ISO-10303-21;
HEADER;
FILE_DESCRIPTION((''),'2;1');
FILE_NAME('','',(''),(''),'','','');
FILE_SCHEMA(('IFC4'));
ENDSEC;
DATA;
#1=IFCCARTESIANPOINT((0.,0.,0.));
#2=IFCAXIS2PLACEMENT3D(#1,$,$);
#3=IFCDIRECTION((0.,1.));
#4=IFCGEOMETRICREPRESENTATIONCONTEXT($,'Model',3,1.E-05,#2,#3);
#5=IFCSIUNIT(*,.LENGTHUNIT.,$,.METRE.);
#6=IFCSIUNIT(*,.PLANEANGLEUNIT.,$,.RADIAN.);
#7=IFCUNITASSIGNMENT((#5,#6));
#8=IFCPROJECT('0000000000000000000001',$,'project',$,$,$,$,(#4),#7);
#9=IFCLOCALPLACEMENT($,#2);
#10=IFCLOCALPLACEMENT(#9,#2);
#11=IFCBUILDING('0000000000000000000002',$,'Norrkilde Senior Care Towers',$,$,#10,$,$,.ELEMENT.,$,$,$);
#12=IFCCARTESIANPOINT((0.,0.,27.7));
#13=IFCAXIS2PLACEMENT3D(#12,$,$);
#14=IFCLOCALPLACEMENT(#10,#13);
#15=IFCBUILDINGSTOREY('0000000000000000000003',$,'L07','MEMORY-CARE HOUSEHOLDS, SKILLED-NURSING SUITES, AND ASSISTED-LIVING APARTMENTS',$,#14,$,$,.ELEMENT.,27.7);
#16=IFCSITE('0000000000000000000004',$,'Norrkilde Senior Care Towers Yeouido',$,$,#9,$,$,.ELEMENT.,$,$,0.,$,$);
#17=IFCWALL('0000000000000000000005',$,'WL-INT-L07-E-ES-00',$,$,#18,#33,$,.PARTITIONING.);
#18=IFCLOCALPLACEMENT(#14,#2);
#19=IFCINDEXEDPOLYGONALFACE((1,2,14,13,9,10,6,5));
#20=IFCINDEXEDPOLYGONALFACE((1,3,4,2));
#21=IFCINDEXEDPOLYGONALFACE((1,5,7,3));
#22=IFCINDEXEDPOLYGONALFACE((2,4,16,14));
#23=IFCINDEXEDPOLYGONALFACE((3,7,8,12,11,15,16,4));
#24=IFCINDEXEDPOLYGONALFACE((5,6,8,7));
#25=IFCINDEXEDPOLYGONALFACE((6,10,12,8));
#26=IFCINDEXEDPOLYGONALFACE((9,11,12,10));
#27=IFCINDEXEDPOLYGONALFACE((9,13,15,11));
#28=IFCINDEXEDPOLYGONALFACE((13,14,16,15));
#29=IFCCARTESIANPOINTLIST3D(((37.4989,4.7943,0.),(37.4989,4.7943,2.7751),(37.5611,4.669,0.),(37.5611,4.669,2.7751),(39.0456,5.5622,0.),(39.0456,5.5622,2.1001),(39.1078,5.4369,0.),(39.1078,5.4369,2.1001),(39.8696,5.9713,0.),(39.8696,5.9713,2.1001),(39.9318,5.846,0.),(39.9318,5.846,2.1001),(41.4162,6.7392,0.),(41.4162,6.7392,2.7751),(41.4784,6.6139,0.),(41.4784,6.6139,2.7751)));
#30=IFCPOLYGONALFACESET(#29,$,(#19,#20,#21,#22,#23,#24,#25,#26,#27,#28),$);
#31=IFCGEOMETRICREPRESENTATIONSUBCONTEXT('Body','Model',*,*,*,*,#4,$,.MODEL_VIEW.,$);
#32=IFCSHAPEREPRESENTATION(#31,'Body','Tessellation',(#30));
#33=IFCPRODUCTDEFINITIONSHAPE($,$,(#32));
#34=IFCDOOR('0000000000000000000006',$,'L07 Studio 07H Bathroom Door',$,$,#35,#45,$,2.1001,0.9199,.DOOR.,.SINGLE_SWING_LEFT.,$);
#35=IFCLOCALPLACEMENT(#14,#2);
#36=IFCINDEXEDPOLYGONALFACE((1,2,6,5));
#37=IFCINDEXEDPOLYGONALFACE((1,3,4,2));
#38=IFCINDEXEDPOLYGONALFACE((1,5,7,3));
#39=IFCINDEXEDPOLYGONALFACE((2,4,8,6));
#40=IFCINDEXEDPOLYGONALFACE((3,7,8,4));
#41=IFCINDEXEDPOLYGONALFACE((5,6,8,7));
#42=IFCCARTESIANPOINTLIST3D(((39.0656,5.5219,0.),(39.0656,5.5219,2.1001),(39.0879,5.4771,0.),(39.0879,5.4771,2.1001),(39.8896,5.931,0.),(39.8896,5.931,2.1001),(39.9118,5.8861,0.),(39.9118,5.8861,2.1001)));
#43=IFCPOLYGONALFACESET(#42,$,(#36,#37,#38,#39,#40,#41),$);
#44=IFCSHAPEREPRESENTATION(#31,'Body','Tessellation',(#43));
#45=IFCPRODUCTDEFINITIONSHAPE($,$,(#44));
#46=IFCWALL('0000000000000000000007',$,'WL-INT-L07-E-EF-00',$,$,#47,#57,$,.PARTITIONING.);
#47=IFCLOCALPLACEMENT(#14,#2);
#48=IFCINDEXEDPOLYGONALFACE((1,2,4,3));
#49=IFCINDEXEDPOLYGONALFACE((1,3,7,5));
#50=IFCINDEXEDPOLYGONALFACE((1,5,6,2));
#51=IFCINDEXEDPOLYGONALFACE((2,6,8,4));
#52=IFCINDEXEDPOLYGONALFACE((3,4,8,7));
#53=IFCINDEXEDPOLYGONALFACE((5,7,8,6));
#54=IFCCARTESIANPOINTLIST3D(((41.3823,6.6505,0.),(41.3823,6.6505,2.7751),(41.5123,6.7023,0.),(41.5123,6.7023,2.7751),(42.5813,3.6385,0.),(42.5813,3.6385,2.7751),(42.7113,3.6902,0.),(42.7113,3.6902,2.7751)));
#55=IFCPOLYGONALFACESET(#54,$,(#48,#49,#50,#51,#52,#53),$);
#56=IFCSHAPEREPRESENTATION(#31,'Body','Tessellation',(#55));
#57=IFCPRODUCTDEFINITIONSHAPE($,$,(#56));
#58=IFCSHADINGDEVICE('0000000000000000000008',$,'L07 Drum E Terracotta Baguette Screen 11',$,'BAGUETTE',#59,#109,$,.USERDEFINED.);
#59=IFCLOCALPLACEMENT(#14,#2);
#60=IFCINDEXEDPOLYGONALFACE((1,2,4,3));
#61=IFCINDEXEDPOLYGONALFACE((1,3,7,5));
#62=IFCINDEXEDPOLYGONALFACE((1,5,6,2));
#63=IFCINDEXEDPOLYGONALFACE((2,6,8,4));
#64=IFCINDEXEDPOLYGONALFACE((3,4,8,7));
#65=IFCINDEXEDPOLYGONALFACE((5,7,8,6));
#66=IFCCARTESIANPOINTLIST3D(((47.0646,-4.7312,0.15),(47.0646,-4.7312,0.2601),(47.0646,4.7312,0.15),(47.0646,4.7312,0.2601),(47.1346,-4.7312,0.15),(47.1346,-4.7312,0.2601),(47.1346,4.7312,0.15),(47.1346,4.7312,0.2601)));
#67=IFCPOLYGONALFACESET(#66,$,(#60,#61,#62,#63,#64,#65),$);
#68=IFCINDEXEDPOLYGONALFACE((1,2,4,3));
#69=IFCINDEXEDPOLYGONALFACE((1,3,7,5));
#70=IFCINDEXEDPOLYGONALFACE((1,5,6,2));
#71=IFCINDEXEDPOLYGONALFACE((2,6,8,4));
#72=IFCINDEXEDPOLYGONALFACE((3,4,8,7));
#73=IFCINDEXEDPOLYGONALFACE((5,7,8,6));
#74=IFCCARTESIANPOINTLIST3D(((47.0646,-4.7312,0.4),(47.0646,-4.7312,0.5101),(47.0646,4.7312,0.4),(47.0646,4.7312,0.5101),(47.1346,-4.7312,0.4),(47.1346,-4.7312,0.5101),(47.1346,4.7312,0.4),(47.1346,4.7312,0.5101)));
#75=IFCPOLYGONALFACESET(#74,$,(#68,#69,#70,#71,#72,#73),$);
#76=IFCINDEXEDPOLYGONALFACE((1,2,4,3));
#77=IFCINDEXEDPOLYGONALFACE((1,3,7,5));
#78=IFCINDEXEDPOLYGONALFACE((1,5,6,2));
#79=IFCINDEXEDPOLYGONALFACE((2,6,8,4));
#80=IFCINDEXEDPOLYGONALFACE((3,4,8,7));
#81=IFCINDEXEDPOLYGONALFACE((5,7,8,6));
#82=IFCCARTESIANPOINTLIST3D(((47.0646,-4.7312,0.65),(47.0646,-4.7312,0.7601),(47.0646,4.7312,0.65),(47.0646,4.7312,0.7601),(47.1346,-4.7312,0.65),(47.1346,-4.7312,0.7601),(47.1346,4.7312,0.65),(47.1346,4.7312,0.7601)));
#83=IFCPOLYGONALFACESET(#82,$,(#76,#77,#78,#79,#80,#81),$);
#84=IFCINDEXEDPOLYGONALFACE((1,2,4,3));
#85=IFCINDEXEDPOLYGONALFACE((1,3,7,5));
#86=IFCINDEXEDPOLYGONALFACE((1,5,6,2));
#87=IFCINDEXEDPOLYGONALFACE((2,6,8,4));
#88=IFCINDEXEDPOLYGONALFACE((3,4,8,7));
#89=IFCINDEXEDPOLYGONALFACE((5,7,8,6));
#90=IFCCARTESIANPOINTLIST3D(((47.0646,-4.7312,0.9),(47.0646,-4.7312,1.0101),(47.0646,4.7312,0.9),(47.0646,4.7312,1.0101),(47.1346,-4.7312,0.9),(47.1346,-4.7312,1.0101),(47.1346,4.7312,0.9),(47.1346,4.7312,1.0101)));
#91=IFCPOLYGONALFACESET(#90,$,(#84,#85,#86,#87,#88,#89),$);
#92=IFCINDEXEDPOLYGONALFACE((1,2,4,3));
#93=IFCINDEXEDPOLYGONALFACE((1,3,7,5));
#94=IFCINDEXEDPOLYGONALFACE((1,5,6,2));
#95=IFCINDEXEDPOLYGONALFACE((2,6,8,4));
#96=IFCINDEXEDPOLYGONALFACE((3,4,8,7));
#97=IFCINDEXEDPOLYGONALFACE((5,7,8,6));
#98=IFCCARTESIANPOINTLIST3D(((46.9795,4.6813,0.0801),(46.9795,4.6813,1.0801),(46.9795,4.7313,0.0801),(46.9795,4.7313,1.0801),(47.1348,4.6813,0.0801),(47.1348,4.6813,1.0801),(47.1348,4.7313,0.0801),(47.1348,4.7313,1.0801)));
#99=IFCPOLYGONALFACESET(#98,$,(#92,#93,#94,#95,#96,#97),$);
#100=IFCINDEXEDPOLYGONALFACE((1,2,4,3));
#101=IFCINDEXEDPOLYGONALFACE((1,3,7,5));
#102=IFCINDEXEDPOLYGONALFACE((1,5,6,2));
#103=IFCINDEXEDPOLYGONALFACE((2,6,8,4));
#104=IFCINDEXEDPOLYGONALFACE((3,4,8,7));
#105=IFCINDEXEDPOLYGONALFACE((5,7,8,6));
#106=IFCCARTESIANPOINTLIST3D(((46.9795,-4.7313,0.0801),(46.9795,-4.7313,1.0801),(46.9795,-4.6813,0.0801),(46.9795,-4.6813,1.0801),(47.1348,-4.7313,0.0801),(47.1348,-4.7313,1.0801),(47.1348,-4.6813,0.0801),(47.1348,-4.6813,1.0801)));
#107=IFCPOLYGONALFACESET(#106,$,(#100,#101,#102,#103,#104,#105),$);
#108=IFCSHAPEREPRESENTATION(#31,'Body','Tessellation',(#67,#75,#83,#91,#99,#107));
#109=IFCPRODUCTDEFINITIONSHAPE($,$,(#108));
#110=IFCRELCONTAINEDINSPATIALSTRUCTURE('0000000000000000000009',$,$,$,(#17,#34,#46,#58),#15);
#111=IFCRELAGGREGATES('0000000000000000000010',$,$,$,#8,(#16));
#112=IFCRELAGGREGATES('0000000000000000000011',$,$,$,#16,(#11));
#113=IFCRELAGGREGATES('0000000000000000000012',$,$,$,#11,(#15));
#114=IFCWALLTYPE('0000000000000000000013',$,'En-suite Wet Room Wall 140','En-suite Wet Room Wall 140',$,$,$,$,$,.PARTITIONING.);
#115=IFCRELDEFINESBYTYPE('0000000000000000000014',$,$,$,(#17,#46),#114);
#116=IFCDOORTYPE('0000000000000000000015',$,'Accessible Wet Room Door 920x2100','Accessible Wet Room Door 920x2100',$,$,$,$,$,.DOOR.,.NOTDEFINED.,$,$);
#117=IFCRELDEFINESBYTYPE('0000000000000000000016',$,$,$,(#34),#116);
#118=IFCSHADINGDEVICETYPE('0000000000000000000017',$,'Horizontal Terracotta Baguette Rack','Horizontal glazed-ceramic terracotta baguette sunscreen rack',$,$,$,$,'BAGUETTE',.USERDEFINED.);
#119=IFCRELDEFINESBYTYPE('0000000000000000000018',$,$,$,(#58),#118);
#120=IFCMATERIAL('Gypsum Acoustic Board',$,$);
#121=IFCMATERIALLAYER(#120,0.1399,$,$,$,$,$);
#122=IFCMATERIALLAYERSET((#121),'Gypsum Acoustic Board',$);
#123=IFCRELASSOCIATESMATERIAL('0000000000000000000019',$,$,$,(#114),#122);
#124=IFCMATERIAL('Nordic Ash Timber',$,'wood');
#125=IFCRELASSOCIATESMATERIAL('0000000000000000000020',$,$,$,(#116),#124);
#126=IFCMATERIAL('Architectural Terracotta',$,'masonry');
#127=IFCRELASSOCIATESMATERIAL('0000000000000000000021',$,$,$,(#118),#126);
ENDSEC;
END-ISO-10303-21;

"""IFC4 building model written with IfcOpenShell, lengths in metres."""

from ifc_helpers import new_model, si_unit, direction, frame, frame_2d, origin, origin_2d, place, context, subcontext, project, spatial, rectangle, extrude, source, transform, mapped, material, layer, layer_set, type_object, type_shapes, element, fill, save


model = new_model("IFC4")

# Units and contexts
model_context = context("Model", 3, precision=1e-05, world=origin(), true_north=direction((0.0, 1.0)))
body_context = subcontext(model_context, "Body", "Model", "MODEL_VIEW")
ifc_project = project(units=[si_unit("LENGTHUNIT", "METRE"), si_unit("PLANEANGLEUNIT", "RADIAN")], contexts=[model_context])

# Site, building, storey
site_placement = place(None, origin())
site = spatial("IfcSite", under=ifc_project, at=site_placement, Name="Norrkilde Senior Care Towers Yeouido", CompositionType="ELEMENT", RefElevation=0.0)
building_placement = place(site_placement, origin())
building = spatial("IfcBuilding", under=site, at=building_placement, Name="Norrkilde Senior Care Towers", CompositionType="ELEMENT")
storey_placement = place(building_placement, frame((0.0, 0.0, 27.7)))
storey = spatial("IfcBuildingStorey", under=building, at=storey_placement, Name="L07", Description="MEMORY-CARE HOUSEHOLDS, SKILLED-NURSING SUITES, AND ASSISTED-LIVING APARTMENTS", CompositionType="ELEMENT", Elevation=27.7)

# Shared definitions
ifc_material_1 = material(Name="Gypsum Acoustic Board")
ifc_material_2 = material(Name="Nordic Ash Timber", Category="wood")

# Wall, opening, door
ifc_layer_1 = layer(ifc_material_1, 0.1399)
ifc_layer_set_1 = layer_set([ifc_layer_1], Name="Gypsum Acoustic Board")
wall_type_1 = type_object("IfcWallType", Name="En-suite Wet Room Wall 140", Description="En-suite Wet Room Wall 140", PredefinedType="PARTITIONING", material=ifc_layer_set_1)
shared_shape_1 = source(origin(), body_context, "Body", "SweptSolid", [
    extrude(rectangle(XDim=4.3735, YDim=0.1399, at=frame_2d((2.1868, 0.0))), origin(), (0.0, 0.0, 1.0), 2.7751),
])
wall_1_placement = place(storey_placement, frame((37.53, 4.7317, 0.0), z_axis=(0.0, 0.0, 1.0), x_axis=(0.895685, 0.444689, 0.0)))
wall_1 = element("IfcWall", 1, at=wall_1_placement, inside=storey, type_object=wall_type_1, Name="WL-INT-L07-E-ES-00", PredefinedType="PARTITIONING", context=body_context, shape_type="MappedRepresentation", body=[
    mapped(shared_shape_1, transform((0.0, 0.0, 0.0), x_axis=(1.0, 0.0, 0.0), y_axis=(0.0, 1.0, 0.0), z_axis=(0.0, 0.0, 1.0), scale=1.0)),
])
opening_1_placement = place(wall_1_placement, frame((1.7268, 0.0, 0.0)))
opening_1 = element("IfcOpeningElement", 2, at=opening_1_placement, cuts=wall_1, PredefinedType="OPENING", context=body_context, shape_type="SweptSolid", body=[
    extrude(rectangle(XDim=0.9199, YDim=2.1001, at=frame_2d((0.46, 1.05))), frame((0.0, 0.0798, 0.0), z_axis=(0.0, -1.0, 0.0), x_axis=(1.0, 0.0, 0.0)), (0.0, 0.0, 1.0), 0.1599),
])
door_type_1 = type_object("IfcDoorType", Name="Accessible Wet Room Door 920x2100", Description="Accessible Wet Room Door 920x2100", OperationType="NOTDEFINED", PredefinedType="DOOR", material=ifc_material_2)
shared_shape_2 = source(origin(), body_context, "Body", "SweptSolid", [
    extrude(rectangle(XDim=0.9199, YDim=2.1001, at=frame_2d((0.46, 1.05))), frame((0.0, 0.0249, 0.0), z_axis=(0.0, -1.0, 0.0), x_axis=(1.0, 0.0, 0.0)), (0.0, 0.0, 1.0), 0.05),
])
type_shapes(door_type_1, [shared_shape_2])
door_1_placement = place(opening_1_placement, origin())
door_1 = element("IfcDoor", 3, at=door_1_placement, inside=storey, type_object=door_type_1, Name="L07 Studio 07H Bathroom Door", OperationType="SINGLE_SWING_LEFT", OverallHeight=2.1001, OverallWidth=0.9199, PredefinedType="DOOR", context=body_context, shape_type="MappedRepresentation", body=[
    mapped(shared_shape_2, transform((0.0, 0.0, 0.0), x_axis=(1.0, 0.0, 0.0), y_axis=(0.0, 1.0, 0.0), z_axis=(0.0, 0.0, 1.0), scale=1.0)),
])
fill(opening_1, door_1)

# Wall
shared_shape_3 = source(origin(), body_context, "Body", "SweptSolid", [
    extrude(rectangle(XDim=3.2419, YDim=0.1399, at=frame_2d((1.6211, 0.0))), origin(), (0.0, 0.0, 1.0), 2.7751),
])
type_shapes(wall_type_1, [shared_shape_1, shared_shape_3])
wall_2_placement = place(storey_placement, frame((41.4473, 6.6765, 0.0), z_axis=(0.0, 0.0, 1.0), x_axis=(0.369845, -0.929093, 0.0)))
element("IfcWall", 4, at=wall_2_placement, inside=storey, type_object=wall_type_1, Name="WL-INT-L07-E-EF-00", PredefinedType="PARTITIONING", context=body_context, shape_type="MappedRepresentation", body=[
    mapped(shared_shape_3, transform((0.0, 0.0, 0.0), x_axis=(1.0, 0.0, 0.0), y_axis=(0.0, 1.0, 0.0), z_axis=(0.0, 0.0, 1.0), scale=1.0)),
])

# Shading device
ifc_material_3 = material(Name="Architectural Terracotta", Category="masonry")
shading_device_type = type_object("IfcShadingDeviceType", Name="Horizontal Terracotta Baguette Rack", Description="Horizontal glazed-ceramic terracotta baguette sunscreen rack", ElementType="BAGUETTE", PredefinedType="USERDEFINED", material=ifc_material_3)
shared_shape_4 = source(origin(), body_context, "Body", "SweptSolid", [
    extrude(rectangle(XDim=0.0701, YDim=0.1101, at=origin_2d()), frame((0.0, 0.0901, 0.125), z_axis=(1.0, 0.0, 0.0), x_axis=(0.0, 1.0, 0.0)), (0.0, 0.0, 1.0), 9.4624),
    extrude(rectangle(XDim=0.0701, YDim=0.1101, at=origin_2d()), frame((0.0, 0.0901, 0.375), z_axis=(1.0, 0.0, 0.0), x_axis=(0.0, 1.0, 0.0)), (0.0, 0.0, 1.0), 9.4624),
    extrude(rectangle(XDim=0.0701, YDim=0.1101, at=origin_2d()), frame((0.0, 0.0901, 0.625), z_axis=(1.0, 0.0, 0.0), x_axis=(0.0, 1.0, 0.0)), (0.0, 0.0, 1.0), 9.4624),
    extrude(rectangle(XDim=0.0701, YDim=0.1101, at=origin_2d()), frame((0.0, 0.0901, 0.875), z_axis=(1.0, 0.0, 0.0), x_axis=(0.0, 1.0, 0.0)), (0.0, 0.0, 1.0), 9.4624),
    extrude(rectangle(XDim=0.05, YDim=0.1553, at=origin_2d()), frame((0.0249, 0.0476, 0.0)), (0.0, 0.0, 1.0), 1.0),
    extrude(rectangle(XDim=0.05, YDim=0.1553, at=origin_2d()), frame((9.4375, 0.0476, 0.0)), (0.0, 0.0, 1.0), 1.0),
])
type_shapes(shading_device_type, [shared_shape_4])
shading_device_placement = place(storey_placement, frame((47.0095, 4.7312, 0.0801), z_axis=(0.0, 0.0, 1.0), x_axis=(0.0, -1.0, 0.0)))
element("IfcShadingDevice", 5, at=shading_device_placement, inside=storey, type_object=shading_device_type, Name="L07 Drum E Terracotta Baguette Screen 11", ObjectType="BAGUETTE", PredefinedType="USERDEFINED", context=body_context, shape_type="MappedRepresentation", body=[
    mapped(shared_shape_4, transform((0.0, 0.0, 0.0), x_axis=(1.0, 0.0, 0.0), y_axis=(0.0, 1.0, 0.0), z_axis=(0.0, 0.0, 1.0), scale=1.0)),
])

save(model, "model.ifc")
